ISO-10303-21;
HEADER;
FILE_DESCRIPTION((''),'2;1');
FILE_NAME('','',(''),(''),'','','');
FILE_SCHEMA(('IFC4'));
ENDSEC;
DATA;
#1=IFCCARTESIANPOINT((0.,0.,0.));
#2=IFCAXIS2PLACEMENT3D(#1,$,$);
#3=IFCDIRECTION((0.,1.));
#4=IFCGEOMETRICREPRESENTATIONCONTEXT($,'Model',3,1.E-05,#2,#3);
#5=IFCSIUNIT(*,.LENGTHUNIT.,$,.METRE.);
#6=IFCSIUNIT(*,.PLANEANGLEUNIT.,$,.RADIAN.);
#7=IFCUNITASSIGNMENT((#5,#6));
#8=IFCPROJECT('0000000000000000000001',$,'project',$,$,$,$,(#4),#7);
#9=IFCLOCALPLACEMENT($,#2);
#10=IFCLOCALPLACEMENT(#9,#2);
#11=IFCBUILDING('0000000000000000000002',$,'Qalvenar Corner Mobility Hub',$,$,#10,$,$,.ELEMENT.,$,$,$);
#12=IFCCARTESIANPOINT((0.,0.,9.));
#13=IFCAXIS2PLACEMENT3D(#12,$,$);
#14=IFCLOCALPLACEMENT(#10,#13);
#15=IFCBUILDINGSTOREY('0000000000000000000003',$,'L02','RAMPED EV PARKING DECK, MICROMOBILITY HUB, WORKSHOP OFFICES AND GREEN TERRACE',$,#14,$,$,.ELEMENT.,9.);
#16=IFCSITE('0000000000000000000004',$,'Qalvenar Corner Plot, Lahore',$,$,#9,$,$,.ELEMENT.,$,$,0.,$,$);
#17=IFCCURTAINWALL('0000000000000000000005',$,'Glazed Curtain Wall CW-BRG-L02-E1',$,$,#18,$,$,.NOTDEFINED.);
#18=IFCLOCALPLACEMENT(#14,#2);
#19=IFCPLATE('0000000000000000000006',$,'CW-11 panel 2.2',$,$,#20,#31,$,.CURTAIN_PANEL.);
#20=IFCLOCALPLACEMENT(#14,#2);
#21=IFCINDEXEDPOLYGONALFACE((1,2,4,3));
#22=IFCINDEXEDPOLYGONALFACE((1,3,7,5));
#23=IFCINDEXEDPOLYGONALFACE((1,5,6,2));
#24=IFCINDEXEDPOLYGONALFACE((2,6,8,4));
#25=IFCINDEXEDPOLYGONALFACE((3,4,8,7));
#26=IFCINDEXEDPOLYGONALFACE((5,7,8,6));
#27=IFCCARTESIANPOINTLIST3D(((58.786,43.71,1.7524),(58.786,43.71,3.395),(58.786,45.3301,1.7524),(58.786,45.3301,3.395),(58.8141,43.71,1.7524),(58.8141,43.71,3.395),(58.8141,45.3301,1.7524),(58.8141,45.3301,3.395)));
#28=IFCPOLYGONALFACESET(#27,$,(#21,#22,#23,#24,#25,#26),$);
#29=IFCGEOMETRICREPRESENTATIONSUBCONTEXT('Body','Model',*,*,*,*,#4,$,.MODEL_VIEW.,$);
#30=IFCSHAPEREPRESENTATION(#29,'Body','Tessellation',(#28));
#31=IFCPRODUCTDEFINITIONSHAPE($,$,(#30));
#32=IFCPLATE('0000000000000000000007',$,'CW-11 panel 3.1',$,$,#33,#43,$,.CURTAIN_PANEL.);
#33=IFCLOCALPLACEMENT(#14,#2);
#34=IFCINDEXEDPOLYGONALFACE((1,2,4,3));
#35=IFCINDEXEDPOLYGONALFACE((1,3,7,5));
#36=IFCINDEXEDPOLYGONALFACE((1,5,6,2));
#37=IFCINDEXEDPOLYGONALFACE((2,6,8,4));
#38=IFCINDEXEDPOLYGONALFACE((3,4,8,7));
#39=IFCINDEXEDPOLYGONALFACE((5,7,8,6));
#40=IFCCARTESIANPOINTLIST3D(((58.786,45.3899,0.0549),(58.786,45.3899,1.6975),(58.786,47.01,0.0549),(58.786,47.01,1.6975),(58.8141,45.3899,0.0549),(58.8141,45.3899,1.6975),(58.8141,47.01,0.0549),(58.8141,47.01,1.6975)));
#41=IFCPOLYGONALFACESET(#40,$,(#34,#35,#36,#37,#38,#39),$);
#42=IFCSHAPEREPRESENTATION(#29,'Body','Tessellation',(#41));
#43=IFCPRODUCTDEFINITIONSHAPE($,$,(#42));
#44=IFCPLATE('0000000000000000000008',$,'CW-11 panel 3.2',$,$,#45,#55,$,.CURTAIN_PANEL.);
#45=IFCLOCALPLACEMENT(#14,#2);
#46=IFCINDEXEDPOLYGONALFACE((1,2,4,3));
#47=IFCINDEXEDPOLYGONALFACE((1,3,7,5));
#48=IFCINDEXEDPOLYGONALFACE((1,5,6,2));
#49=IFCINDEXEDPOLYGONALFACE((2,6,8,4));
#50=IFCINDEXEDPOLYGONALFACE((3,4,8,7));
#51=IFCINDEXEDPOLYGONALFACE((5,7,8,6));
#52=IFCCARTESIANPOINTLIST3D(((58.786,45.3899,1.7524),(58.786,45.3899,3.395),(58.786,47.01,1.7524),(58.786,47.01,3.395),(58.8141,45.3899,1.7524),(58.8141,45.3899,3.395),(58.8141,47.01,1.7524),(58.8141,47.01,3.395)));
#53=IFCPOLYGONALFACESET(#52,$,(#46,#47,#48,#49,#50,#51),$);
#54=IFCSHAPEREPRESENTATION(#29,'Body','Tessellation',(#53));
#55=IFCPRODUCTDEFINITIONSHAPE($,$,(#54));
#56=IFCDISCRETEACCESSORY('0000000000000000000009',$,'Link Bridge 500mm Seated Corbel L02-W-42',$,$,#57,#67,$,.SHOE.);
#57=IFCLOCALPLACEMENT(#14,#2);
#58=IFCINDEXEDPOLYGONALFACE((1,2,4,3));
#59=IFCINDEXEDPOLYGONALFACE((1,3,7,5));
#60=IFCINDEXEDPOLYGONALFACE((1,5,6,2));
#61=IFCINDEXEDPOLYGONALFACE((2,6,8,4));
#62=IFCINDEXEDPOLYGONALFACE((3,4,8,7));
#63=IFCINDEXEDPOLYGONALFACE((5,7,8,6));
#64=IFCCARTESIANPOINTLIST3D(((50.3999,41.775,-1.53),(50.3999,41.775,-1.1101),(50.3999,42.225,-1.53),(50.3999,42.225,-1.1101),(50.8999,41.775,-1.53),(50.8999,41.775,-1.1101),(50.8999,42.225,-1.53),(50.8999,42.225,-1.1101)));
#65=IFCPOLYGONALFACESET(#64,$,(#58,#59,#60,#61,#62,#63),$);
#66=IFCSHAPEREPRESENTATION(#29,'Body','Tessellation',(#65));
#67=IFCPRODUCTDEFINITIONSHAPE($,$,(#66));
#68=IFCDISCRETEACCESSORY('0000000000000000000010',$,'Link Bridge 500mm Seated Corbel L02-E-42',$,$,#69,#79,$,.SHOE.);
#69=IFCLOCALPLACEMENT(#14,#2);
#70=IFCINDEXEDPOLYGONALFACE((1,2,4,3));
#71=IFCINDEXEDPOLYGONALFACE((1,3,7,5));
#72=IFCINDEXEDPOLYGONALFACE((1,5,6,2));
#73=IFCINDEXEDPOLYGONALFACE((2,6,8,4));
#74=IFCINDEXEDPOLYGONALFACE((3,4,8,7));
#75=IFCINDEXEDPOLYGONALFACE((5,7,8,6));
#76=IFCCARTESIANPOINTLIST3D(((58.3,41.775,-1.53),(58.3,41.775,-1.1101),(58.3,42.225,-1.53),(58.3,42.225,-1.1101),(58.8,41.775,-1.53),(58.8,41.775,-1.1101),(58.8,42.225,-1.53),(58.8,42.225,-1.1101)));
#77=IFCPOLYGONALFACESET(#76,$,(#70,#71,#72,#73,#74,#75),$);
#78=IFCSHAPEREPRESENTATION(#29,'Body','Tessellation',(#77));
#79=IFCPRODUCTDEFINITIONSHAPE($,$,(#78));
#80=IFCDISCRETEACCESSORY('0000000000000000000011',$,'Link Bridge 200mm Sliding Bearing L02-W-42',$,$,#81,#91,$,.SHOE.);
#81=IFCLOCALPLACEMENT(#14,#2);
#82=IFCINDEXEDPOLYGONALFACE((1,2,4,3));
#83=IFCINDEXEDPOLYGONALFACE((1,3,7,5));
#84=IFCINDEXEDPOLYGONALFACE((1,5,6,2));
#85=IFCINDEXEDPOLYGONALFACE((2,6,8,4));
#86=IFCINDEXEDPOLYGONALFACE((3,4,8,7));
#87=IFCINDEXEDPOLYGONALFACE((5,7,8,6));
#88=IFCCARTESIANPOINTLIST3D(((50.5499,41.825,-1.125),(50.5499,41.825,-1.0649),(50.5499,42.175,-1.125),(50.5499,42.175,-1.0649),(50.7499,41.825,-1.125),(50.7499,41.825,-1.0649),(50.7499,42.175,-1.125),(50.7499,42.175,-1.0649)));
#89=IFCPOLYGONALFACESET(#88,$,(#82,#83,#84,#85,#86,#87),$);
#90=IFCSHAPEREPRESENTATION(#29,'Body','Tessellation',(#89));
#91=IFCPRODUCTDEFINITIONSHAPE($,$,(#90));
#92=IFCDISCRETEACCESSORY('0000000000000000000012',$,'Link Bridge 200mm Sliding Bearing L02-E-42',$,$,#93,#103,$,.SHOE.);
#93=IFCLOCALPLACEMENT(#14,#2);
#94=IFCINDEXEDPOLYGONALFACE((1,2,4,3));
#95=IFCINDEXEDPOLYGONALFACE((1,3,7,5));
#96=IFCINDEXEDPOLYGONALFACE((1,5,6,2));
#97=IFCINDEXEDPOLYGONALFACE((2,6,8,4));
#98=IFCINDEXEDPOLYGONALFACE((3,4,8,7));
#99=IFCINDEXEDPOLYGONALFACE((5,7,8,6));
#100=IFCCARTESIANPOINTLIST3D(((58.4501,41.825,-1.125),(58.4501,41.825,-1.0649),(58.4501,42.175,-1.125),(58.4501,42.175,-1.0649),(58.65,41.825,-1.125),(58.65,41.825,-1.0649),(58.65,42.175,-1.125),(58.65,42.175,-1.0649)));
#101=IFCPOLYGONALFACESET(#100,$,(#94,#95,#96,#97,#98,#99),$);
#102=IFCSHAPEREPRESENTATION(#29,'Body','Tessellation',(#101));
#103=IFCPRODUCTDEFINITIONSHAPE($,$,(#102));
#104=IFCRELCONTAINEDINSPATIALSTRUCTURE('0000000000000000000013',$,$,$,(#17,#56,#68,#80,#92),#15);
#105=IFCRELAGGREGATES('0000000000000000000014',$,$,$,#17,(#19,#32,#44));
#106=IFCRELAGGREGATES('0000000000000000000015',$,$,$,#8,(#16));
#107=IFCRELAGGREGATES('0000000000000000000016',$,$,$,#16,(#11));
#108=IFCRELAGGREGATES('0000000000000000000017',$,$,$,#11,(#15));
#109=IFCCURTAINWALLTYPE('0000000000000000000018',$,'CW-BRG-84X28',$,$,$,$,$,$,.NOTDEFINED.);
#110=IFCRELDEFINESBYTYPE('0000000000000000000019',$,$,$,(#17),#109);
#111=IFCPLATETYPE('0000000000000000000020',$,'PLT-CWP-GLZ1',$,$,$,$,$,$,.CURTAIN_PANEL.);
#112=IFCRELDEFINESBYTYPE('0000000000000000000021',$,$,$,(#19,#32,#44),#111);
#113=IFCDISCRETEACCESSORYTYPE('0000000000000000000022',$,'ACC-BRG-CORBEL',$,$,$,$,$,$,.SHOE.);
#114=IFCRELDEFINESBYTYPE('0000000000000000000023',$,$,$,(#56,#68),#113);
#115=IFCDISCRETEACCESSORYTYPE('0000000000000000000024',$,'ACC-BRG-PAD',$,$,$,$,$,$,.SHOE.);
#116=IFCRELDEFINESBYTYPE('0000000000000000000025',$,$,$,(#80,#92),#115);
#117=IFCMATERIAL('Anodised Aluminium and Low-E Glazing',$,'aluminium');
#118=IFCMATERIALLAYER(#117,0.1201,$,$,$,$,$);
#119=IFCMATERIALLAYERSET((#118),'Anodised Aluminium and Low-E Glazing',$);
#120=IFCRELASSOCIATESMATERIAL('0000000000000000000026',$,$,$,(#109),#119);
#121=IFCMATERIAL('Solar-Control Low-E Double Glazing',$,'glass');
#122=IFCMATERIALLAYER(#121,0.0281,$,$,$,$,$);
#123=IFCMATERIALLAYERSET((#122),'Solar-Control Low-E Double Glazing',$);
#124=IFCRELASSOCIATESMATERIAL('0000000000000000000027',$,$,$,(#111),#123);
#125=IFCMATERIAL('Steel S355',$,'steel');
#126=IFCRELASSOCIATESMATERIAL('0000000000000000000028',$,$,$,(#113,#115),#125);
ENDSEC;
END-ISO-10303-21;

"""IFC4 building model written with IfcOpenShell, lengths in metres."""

from ifc_helpers import new_model, si_unit, direction, frame, origin, origin_2d, place, context, subcontext, project, spatial, rectangle, extrude, material, layer, layer_set, type_object, element, aggregate, save


model = new_model("IFC4")

# Units and contexts
model_context = context("Model", 3, precision=1e-05, world=origin(), true_north=direction((0.0, 1.0)))
body_context = subcontext(model_context, "Body", "Model", "MODEL_VIEW")
ifc_project = project(units=[si_unit("LENGTHUNIT", "METRE"), si_unit("PLANEANGLEUNIT", "RADIAN")], contexts=[model_context])

# Site, building, storey
site_placement = place(None, origin())
site = spatial("IfcSite", under=ifc_project, at=site_placement, Name="Qalvenar Corner Plot, Lahore", CompositionType="ELEMENT", RefElevation=0.0)
building_placement = place(site_placement, origin())
building = spatial("IfcBuilding", under=site, at=building_placement, Name="Qalvenar Corner Mobility Hub", CompositionType="ELEMENT")
storey_placement = place(building_placement, frame((0.0, 0.0, 9.0)))
storey = spatial("IfcBuildingStorey", under=building, at=storey_placement, Name="L02", Description="RAMPED EV PARKING DECK, MICROMOBILITY HUB, WORKSHOP OFFICES AND GREEN TERRACE", CompositionType="ELEMENT", Elevation=9.0)

# Shared definitions
ifc_material_1 = material(Name="Steel S355", Category="steel")

# Curtain wall
ifc_material_2 = material(Name="Anodised Aluminium and Low-E Glazing", Category="aluminium")
ifc_layer_1 = layer(ifc_material_2, 0.1201)
ifc_layer_set_1 = layer_set([ifc_layer_1], Name="Anodised Aluminium and Low-E Glazing")
curtain_wall_type = type_object("IfcCurtainWallType", Name="CW-BRG-84X28", PredefinedType="NOTDEFINED", material=ifc_layer_set_1)
curtain_wall_placement = place(storey_placement, origin())
curtain_wall = element("IfcCurtainWall", 1, at=curtain_wall_placement, inside=storey, type_object=curtain_wall_type, Name="Glazed Curtain Wall CW-BRG-L02-E1", PredefinedType="NOTDEFINED")

# Plates
ifc_material_3 = material(Name="Solar-Control Low-E Double Glazing", Category="glass")
ifc_layer_2 = layer(ifc_material_3, 0.0281)
ifc_layer_set_2 = layer_set([ifc_layer_2], Name="Solar-Control Low-E Double Glazing")
plate_type_1 = type_object("IfcPlateType", Name="PLT-CWP-GLZ1", PredefinedType="CURTAIN_PANEL", material=ifc_layer_set_2)
plate_1_placement = place(storey_placement, frame((58.8, 44.52, 1.7524), z_axis=(0.0, 0.0, 1.0), x_axis=(0.0, 1.0, 0.0)))
plate_1 = element("IfcPlate", 2, at=plate_1_placement, type_object=plate_type_1, Name="CW-11 panel 2.2", PredefinedType="CURTAIN_PANEL", context=body_context, shape_type="SweptSolid", body=[
    extrude(rectangle(XDim=1.6201, YDim=0.0281, at=origin_2d()), origin(), (0.0, 0.0, 1.0), 1.6426),
])
plate_2_placement = place(storey_placement, frame((58.8, 46.2, 0.0549), z_axis=(0.0, 0.0, 1.0), x_axis=(0.0, 1.0, 0.0)))
plate_2 = element("IfcPlate", 3, at=plate_2_placement, type_object=plate_type_1, Name="CW-11 panel 3.1", PredefinedType="CURTAIN_PANEL", context=body_context, shape_type="SweptSolid", body=[
    extrude(rectangle(XDim=1.6201, YDim=0.0281, at=origin_2d()), origin(), (0.0, 0.0, 1.0), 1.6426),
])
plate_3_placement = place(storey_placement, frame((58.8, 46.2, 1.7524), z_axis=(0.0, 0.0, 1.0), x_axis=(0.0, 1.0, 0.0)))
plate_3 = element("IfcPlate", 4, at=plate_3_placement, type_object=plate_type_1, Name="CW-11 panel 3.2", PredefinedType="CURTAIN_PANEL", context=body_context, shape_type="SweptSolid", body=[
    extrude(rectangle(XDim=1.6201, YDim=0.0281, at=origin_2d()), origin(), (0.0, 0.0, 1.0), 1.6426),
])
aggregate(curtain_wall, [plate_1, plate_2, plate_3])

# Discrete accessories
discrete_accessory_type_1 = type_object("IfcDiscreteAccessoryType", Name="ACC-BRG-CORBEL", PredefinedType="SHOE", material=ifc_material_1)
for number, where, z_axis, x_axis, name in (
    (5, (50.6499, 42.0, -1.53), (0.0, 0.0, 1.0), (1.0, 0.0, 0.0), "Link Bridge 500mm Seated Corbel L02-W-42"),
    (6, (58.55, 42.0, -1.53), (0.0, 0.0, 1.0), (1.0, 0.0, 0.0), "Link Bridge 500mm Seated Corbel L02-E-42"),
):
    element("IfcDiscreteAccessory", number, at=place(storey_placement, frame(where, z_axis=z_axis, x_axis=x_axis)), inside=storey, type_object=discrete_accessory_type_1, Name=name, PredefinedType="SHOE", context=body_context, shape_type="SweptSolid", body=[
        extrude(rectangle(XDim=0.5, YDim=0.45, at=origin_2d()), origin(), (0.0, 0.0, 1.0), 0.4199),
    ])
discrete_accessory_type_2 = type_object("IfcDiscreteAccessoryType", Name="ACC-BRG-PAD", PredefinedType="SHOE", material=ifc_material_1)
for number, where, z_axis, x_axis, name in (
    (7, (50.6499, 42.0, -1.125), (0.0, 0.0, 1.0), (1.0, 0.0, 0.0), "Link Bridge 200mm Sliding Bearing L02-W-42"),
    (8, (58.55, 42.0, -1.125), (0.0, 0.0, 1.0), (1.0, 0.0, 0.0), "Link Bridge 200mm Sliding Bearing L02-E-42"),
):
    element("IfcDiscreteAccessory", number, at=place(storey_placement, frame(where, z_axis=z_axis, x_axis=x_axis)), inside=storey, type_object=discrete_accessory_type_2, Name=name, PredefinedType="SHOE", context=body_context, shape_type="SweptSolid", body=[
        extrude(rectangle(XDim=0.2, YDim=0.3501, at=origin_2d()), origin(), (0.0, 0.0, 1.0), 0.0601),
    ])

save(model, "model.ifc")
